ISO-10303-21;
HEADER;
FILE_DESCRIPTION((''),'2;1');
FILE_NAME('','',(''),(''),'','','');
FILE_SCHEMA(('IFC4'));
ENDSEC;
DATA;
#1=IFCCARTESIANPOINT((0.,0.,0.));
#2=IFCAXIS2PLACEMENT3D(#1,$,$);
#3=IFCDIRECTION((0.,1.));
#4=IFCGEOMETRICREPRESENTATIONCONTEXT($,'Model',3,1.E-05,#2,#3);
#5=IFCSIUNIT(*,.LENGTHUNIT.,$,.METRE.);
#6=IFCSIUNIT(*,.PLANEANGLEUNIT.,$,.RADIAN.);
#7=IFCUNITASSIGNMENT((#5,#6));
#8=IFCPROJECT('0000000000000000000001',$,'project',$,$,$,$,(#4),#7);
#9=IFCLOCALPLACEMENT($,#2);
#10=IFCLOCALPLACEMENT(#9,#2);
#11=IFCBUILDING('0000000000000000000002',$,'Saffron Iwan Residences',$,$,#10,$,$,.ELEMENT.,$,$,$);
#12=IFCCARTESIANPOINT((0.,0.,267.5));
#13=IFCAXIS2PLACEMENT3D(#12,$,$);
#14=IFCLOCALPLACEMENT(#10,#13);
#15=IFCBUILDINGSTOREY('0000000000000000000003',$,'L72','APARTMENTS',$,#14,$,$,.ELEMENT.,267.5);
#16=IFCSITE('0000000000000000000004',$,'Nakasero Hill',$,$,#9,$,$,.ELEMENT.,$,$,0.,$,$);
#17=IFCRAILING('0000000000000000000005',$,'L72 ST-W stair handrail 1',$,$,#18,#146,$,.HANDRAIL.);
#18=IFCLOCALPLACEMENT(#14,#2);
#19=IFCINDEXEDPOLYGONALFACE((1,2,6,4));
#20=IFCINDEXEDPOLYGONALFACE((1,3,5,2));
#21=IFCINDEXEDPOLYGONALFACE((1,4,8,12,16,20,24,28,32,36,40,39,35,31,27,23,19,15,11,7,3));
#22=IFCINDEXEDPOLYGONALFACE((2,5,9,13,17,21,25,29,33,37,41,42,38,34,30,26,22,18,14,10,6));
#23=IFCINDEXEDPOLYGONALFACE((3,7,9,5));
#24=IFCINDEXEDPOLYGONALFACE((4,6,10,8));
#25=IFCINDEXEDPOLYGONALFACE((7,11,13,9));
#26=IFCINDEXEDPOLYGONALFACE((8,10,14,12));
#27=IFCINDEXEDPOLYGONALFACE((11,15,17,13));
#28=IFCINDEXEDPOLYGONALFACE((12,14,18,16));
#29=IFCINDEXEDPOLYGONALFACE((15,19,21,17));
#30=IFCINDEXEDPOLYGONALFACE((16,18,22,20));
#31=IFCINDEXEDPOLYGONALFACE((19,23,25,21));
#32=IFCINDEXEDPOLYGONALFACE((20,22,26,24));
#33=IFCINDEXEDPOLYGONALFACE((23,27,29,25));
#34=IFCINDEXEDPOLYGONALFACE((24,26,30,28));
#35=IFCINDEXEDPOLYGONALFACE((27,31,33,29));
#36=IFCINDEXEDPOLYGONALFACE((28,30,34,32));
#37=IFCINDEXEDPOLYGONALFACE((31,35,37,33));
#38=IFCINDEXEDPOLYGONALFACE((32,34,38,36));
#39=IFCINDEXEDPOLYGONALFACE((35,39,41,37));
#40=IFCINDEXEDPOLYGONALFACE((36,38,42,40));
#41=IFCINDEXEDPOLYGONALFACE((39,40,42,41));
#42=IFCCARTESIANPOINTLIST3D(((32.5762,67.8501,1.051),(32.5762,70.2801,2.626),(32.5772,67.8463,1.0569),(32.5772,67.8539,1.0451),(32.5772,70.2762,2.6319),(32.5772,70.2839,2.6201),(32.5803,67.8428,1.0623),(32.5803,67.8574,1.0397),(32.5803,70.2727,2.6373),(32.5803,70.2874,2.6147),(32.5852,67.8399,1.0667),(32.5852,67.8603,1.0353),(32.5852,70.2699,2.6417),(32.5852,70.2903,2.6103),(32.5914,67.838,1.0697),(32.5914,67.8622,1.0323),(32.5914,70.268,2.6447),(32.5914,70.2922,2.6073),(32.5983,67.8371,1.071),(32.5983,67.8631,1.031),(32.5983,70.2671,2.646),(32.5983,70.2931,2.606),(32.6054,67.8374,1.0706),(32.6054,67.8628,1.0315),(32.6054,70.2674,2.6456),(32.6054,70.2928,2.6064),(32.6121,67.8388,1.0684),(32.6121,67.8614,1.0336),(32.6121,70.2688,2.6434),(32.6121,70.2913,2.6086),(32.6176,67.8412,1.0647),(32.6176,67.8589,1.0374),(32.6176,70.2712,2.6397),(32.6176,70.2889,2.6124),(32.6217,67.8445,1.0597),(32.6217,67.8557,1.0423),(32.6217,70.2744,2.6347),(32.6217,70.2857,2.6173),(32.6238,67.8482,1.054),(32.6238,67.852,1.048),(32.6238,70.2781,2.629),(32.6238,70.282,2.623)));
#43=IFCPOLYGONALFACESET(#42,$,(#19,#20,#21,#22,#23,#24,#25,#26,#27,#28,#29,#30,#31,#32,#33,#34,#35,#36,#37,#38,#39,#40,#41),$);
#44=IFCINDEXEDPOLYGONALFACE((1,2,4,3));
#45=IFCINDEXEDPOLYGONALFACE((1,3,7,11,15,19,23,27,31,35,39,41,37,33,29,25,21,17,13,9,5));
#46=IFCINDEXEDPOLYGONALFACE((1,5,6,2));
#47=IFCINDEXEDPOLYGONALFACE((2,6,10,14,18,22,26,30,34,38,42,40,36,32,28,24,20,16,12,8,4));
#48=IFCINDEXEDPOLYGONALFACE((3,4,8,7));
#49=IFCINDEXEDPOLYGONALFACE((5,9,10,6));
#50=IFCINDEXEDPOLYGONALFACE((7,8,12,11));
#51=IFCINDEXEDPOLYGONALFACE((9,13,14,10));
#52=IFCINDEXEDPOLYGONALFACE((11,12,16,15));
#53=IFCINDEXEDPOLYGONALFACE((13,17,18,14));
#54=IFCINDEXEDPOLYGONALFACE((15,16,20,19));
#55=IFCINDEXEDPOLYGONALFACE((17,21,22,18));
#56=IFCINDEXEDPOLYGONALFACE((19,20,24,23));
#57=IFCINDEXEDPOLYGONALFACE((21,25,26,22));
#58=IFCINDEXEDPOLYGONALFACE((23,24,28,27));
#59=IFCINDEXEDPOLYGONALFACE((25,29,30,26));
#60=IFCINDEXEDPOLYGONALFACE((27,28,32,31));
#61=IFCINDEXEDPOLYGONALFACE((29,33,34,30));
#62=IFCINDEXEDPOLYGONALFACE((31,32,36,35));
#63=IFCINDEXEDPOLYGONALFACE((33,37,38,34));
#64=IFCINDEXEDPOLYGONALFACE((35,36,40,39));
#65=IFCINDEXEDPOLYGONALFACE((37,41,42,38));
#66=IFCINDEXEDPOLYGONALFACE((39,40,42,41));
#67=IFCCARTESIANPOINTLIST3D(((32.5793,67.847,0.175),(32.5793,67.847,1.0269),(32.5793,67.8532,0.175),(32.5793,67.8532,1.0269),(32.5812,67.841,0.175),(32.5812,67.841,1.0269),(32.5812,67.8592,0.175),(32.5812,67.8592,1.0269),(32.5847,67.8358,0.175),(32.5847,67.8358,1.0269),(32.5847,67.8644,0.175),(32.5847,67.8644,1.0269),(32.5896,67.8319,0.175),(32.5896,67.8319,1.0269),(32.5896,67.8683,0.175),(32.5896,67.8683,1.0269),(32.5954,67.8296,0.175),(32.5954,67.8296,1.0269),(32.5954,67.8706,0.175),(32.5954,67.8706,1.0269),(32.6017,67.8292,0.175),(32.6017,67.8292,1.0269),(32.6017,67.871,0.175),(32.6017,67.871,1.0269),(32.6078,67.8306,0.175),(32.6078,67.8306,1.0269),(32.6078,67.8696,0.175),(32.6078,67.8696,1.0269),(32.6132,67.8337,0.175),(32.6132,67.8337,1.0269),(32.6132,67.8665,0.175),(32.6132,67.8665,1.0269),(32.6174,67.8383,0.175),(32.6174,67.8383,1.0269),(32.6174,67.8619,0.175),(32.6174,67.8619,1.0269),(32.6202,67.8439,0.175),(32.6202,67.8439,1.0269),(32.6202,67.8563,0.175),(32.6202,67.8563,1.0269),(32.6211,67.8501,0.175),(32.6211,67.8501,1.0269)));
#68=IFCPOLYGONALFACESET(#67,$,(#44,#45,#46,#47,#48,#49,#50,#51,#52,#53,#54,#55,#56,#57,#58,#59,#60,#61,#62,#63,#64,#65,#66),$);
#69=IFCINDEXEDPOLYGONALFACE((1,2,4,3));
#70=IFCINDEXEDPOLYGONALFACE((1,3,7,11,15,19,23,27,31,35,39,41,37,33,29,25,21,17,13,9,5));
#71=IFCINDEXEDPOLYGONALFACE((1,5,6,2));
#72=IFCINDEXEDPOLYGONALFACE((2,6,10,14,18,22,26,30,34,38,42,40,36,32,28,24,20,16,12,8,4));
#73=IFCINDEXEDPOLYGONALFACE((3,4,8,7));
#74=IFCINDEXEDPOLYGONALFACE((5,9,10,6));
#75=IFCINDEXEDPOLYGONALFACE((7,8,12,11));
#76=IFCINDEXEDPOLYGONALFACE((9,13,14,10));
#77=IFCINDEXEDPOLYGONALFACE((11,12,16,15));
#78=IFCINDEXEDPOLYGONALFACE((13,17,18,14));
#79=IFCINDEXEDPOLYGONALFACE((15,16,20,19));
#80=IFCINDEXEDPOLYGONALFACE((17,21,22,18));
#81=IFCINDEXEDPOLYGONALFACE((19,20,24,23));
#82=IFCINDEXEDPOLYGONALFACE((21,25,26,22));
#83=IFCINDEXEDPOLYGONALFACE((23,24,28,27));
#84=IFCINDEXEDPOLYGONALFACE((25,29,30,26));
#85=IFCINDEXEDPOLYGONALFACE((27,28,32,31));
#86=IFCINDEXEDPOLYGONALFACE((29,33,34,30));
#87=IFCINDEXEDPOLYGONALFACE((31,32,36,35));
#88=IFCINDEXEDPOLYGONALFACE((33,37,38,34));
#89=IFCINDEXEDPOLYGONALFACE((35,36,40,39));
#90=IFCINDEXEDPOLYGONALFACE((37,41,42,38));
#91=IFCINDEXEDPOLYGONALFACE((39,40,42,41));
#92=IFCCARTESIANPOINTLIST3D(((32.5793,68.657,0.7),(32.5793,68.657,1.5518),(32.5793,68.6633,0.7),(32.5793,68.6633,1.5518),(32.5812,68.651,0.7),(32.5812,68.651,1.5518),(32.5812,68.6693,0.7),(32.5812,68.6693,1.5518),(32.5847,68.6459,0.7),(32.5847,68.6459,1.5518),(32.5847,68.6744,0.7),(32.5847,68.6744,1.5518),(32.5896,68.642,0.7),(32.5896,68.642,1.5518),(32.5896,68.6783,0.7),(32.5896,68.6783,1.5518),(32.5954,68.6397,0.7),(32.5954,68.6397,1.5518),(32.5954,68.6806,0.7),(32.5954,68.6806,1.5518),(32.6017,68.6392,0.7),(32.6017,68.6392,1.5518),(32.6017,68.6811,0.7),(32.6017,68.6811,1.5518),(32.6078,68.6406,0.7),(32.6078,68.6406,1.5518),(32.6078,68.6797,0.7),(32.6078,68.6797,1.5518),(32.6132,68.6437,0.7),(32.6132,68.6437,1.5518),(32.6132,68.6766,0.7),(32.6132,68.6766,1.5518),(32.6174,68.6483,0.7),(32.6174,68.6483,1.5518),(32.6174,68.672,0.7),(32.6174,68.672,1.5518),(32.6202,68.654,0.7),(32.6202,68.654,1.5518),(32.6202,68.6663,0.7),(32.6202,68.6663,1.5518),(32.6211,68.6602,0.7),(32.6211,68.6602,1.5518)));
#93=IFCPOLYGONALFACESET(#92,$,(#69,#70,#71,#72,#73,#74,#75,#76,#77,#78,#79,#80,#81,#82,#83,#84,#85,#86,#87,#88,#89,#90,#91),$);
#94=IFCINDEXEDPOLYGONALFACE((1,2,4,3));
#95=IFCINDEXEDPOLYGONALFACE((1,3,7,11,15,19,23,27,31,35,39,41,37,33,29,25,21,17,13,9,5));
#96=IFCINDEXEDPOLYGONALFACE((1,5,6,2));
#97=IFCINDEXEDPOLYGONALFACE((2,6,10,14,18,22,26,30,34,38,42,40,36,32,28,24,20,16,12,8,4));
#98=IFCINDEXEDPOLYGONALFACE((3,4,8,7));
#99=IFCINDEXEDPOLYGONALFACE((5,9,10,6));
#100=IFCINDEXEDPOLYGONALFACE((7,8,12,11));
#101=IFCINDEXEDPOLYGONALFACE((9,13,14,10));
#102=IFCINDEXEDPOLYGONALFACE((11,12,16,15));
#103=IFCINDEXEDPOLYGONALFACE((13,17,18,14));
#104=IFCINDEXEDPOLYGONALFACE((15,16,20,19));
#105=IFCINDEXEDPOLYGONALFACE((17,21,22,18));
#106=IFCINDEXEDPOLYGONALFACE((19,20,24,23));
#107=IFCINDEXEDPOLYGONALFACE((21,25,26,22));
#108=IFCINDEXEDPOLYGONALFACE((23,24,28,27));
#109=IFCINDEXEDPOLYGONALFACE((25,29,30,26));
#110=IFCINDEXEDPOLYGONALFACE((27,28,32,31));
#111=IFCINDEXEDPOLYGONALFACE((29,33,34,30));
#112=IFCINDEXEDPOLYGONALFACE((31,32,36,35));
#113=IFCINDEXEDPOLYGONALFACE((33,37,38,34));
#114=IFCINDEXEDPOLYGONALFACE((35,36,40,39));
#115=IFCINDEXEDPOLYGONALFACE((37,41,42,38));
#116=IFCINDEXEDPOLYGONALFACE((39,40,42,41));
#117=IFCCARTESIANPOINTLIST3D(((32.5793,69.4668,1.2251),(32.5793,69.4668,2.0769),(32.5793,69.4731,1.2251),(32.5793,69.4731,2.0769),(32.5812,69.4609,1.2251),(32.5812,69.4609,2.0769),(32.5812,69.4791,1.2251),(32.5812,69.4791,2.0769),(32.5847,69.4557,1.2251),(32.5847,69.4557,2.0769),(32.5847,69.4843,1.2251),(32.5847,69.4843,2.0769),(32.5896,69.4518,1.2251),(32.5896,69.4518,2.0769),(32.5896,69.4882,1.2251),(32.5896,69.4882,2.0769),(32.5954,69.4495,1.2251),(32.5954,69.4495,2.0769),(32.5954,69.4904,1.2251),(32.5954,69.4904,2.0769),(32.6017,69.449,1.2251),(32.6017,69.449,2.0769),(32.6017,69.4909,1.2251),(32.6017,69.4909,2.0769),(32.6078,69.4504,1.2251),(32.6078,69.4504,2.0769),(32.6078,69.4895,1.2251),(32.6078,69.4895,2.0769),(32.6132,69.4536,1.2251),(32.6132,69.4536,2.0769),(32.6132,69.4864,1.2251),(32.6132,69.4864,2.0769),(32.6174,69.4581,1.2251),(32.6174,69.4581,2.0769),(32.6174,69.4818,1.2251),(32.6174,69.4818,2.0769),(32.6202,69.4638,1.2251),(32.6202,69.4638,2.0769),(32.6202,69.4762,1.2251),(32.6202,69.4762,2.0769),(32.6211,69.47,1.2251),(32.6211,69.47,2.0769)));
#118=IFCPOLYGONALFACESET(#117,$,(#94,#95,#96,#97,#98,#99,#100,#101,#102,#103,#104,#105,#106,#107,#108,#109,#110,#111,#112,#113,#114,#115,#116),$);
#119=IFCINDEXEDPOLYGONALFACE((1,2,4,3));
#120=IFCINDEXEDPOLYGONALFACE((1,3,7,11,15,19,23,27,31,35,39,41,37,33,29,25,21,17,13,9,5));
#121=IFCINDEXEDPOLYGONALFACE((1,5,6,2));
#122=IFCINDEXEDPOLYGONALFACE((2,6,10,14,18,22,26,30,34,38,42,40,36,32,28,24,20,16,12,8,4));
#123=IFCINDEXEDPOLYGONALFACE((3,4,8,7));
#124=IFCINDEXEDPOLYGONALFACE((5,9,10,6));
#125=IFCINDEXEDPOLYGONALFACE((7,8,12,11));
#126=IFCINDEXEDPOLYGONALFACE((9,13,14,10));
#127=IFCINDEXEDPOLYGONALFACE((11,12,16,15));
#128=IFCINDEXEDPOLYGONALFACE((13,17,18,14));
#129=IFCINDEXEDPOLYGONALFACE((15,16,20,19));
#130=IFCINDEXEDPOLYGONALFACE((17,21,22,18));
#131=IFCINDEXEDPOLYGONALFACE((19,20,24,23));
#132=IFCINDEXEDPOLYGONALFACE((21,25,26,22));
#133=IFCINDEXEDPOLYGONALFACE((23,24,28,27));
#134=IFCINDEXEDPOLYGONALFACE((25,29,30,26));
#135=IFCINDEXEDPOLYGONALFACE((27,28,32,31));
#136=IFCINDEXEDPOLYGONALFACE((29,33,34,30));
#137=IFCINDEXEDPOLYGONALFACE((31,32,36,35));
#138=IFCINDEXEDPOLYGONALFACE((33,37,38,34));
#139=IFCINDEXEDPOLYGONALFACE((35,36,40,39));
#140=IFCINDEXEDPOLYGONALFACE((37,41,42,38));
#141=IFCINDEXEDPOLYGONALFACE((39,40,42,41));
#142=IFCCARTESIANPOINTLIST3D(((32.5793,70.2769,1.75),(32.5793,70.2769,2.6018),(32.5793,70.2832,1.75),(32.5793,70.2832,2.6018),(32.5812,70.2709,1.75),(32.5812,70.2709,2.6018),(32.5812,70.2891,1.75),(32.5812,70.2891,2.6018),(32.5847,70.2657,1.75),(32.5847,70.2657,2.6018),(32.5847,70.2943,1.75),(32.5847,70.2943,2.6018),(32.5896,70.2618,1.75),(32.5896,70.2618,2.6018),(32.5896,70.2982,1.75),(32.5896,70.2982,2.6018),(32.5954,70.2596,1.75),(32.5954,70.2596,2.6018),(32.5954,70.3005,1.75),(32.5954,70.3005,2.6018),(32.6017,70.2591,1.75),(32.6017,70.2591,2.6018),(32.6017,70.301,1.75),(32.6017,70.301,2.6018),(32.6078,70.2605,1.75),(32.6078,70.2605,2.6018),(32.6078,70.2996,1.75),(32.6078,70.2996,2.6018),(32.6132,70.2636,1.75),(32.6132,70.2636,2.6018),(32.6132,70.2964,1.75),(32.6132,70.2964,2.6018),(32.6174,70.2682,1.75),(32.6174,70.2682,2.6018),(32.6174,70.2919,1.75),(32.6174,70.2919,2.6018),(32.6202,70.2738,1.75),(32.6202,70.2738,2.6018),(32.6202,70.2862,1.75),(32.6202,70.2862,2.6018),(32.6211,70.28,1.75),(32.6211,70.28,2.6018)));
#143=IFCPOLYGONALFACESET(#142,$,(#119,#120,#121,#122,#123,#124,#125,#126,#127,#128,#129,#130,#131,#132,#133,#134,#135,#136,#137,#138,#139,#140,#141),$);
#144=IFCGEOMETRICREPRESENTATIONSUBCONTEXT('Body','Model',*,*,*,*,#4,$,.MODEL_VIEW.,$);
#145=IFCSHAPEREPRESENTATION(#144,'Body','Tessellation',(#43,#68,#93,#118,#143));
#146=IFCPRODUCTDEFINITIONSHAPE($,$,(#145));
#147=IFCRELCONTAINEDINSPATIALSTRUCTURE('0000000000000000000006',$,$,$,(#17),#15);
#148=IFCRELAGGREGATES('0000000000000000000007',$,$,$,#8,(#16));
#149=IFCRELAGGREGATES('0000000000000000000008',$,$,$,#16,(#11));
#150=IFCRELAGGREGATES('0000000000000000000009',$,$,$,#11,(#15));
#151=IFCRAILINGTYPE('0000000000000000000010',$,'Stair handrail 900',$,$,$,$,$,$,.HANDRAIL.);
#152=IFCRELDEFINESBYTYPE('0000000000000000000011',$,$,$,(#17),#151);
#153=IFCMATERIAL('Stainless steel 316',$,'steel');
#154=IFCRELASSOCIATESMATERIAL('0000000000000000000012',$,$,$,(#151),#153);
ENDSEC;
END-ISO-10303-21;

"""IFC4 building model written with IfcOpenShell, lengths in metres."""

from ifc_helpers import new_model, si_unit, direction, frame, origin, origin_2d, place, context, subcontext, project, spatial, circle, extrude, material, type_object, element, save


model = new_model("IFC4")

# Units and contexts
model_context = context("Model", 3, precision=1e-05, world=origin(), true_north=direction((0.0, 1.0)))
body_context = subcontext(model_context, "Body", "Model", "MODEL_VIEW")
ifc_project = project(units=[si_unit("LENGTHUNIT", "METRE"), si_unit("PLANEANGLEUNIT", "RADIAN")], contexts=[model_context])

# Site, building, storey
site_placement = place(None, origin())
site = spatial("IfcSite", under=ifc_project, at=site_placement, Name="Nakasero Hill", CompositionType="ELEMENT", RefElevation=0.0)
building_placement = place(site_placement, origin())
building = spatial("IfcBuilding", under=site, at=building_placement, Name="Saffron Iwan Residences", CompositionType="ELEMENT")
storey_placement = place(building_placement, frame((0.0, 0.0, 267.5)))
storey = spatial("IfcBuildingStorey", under=building, at=storey_placement, Name="L72", Description="APARTMENTS", CompositionType="ELEMENT", Elevation=267.5)

# Railing
ifc_material_1 = material(Name="Stainless steel 316", Category="steel")
railing_type_1 = type_object("IfcRailingType", Name="Stair handrail 900", PredefinedType="HANDRAIL", material=ifc_material_1)
railing_1_placement = place(storey_placement, frame((32.6001, 67.8501, 0.175)))
element("IfcRailing", 1, at=railing_1_placement, inside=storey, type_object=railing_type_1, Name="L72 ST-W stair handrail 1", PredefinedType="HANDRAIL", context=body_context, shape_type="SweptSolid", body=[
    extrude(circle(Radius=0.0239, at=origin_2d()), frame((0.0, 0.0, 0.876), z_axis=(0.0, 0.839154, 0.543894), x_axis=(-1.0, 0.0, 0.0)), (0.0, 0.0, 1.0), 2.8958),
    extrude(circle(Radius=0.021, at=origin_2d()), origin(), (0.0, 0.0, 1.0), 0.8518),
    extrude(circle(Radius=0.021, at=origin_2d()), frame((0.0, 0.8101, 0.5249)), (0.0, 0.0, 1.0), 0.8518),
    extrude(circle(Radius=0.021, at=origin_2d()), frame((0.0, 1.6199, 1.05)), (0.0, 0.0, 1.0), 0.8518),
    extrude(circle(Radius=0.021, at=origin_2d()), frame((0.0, 2.4299, 1.575)), (0.0, 0.0, 1.0), 0.8518),
])

save(model, "model.ifc")
